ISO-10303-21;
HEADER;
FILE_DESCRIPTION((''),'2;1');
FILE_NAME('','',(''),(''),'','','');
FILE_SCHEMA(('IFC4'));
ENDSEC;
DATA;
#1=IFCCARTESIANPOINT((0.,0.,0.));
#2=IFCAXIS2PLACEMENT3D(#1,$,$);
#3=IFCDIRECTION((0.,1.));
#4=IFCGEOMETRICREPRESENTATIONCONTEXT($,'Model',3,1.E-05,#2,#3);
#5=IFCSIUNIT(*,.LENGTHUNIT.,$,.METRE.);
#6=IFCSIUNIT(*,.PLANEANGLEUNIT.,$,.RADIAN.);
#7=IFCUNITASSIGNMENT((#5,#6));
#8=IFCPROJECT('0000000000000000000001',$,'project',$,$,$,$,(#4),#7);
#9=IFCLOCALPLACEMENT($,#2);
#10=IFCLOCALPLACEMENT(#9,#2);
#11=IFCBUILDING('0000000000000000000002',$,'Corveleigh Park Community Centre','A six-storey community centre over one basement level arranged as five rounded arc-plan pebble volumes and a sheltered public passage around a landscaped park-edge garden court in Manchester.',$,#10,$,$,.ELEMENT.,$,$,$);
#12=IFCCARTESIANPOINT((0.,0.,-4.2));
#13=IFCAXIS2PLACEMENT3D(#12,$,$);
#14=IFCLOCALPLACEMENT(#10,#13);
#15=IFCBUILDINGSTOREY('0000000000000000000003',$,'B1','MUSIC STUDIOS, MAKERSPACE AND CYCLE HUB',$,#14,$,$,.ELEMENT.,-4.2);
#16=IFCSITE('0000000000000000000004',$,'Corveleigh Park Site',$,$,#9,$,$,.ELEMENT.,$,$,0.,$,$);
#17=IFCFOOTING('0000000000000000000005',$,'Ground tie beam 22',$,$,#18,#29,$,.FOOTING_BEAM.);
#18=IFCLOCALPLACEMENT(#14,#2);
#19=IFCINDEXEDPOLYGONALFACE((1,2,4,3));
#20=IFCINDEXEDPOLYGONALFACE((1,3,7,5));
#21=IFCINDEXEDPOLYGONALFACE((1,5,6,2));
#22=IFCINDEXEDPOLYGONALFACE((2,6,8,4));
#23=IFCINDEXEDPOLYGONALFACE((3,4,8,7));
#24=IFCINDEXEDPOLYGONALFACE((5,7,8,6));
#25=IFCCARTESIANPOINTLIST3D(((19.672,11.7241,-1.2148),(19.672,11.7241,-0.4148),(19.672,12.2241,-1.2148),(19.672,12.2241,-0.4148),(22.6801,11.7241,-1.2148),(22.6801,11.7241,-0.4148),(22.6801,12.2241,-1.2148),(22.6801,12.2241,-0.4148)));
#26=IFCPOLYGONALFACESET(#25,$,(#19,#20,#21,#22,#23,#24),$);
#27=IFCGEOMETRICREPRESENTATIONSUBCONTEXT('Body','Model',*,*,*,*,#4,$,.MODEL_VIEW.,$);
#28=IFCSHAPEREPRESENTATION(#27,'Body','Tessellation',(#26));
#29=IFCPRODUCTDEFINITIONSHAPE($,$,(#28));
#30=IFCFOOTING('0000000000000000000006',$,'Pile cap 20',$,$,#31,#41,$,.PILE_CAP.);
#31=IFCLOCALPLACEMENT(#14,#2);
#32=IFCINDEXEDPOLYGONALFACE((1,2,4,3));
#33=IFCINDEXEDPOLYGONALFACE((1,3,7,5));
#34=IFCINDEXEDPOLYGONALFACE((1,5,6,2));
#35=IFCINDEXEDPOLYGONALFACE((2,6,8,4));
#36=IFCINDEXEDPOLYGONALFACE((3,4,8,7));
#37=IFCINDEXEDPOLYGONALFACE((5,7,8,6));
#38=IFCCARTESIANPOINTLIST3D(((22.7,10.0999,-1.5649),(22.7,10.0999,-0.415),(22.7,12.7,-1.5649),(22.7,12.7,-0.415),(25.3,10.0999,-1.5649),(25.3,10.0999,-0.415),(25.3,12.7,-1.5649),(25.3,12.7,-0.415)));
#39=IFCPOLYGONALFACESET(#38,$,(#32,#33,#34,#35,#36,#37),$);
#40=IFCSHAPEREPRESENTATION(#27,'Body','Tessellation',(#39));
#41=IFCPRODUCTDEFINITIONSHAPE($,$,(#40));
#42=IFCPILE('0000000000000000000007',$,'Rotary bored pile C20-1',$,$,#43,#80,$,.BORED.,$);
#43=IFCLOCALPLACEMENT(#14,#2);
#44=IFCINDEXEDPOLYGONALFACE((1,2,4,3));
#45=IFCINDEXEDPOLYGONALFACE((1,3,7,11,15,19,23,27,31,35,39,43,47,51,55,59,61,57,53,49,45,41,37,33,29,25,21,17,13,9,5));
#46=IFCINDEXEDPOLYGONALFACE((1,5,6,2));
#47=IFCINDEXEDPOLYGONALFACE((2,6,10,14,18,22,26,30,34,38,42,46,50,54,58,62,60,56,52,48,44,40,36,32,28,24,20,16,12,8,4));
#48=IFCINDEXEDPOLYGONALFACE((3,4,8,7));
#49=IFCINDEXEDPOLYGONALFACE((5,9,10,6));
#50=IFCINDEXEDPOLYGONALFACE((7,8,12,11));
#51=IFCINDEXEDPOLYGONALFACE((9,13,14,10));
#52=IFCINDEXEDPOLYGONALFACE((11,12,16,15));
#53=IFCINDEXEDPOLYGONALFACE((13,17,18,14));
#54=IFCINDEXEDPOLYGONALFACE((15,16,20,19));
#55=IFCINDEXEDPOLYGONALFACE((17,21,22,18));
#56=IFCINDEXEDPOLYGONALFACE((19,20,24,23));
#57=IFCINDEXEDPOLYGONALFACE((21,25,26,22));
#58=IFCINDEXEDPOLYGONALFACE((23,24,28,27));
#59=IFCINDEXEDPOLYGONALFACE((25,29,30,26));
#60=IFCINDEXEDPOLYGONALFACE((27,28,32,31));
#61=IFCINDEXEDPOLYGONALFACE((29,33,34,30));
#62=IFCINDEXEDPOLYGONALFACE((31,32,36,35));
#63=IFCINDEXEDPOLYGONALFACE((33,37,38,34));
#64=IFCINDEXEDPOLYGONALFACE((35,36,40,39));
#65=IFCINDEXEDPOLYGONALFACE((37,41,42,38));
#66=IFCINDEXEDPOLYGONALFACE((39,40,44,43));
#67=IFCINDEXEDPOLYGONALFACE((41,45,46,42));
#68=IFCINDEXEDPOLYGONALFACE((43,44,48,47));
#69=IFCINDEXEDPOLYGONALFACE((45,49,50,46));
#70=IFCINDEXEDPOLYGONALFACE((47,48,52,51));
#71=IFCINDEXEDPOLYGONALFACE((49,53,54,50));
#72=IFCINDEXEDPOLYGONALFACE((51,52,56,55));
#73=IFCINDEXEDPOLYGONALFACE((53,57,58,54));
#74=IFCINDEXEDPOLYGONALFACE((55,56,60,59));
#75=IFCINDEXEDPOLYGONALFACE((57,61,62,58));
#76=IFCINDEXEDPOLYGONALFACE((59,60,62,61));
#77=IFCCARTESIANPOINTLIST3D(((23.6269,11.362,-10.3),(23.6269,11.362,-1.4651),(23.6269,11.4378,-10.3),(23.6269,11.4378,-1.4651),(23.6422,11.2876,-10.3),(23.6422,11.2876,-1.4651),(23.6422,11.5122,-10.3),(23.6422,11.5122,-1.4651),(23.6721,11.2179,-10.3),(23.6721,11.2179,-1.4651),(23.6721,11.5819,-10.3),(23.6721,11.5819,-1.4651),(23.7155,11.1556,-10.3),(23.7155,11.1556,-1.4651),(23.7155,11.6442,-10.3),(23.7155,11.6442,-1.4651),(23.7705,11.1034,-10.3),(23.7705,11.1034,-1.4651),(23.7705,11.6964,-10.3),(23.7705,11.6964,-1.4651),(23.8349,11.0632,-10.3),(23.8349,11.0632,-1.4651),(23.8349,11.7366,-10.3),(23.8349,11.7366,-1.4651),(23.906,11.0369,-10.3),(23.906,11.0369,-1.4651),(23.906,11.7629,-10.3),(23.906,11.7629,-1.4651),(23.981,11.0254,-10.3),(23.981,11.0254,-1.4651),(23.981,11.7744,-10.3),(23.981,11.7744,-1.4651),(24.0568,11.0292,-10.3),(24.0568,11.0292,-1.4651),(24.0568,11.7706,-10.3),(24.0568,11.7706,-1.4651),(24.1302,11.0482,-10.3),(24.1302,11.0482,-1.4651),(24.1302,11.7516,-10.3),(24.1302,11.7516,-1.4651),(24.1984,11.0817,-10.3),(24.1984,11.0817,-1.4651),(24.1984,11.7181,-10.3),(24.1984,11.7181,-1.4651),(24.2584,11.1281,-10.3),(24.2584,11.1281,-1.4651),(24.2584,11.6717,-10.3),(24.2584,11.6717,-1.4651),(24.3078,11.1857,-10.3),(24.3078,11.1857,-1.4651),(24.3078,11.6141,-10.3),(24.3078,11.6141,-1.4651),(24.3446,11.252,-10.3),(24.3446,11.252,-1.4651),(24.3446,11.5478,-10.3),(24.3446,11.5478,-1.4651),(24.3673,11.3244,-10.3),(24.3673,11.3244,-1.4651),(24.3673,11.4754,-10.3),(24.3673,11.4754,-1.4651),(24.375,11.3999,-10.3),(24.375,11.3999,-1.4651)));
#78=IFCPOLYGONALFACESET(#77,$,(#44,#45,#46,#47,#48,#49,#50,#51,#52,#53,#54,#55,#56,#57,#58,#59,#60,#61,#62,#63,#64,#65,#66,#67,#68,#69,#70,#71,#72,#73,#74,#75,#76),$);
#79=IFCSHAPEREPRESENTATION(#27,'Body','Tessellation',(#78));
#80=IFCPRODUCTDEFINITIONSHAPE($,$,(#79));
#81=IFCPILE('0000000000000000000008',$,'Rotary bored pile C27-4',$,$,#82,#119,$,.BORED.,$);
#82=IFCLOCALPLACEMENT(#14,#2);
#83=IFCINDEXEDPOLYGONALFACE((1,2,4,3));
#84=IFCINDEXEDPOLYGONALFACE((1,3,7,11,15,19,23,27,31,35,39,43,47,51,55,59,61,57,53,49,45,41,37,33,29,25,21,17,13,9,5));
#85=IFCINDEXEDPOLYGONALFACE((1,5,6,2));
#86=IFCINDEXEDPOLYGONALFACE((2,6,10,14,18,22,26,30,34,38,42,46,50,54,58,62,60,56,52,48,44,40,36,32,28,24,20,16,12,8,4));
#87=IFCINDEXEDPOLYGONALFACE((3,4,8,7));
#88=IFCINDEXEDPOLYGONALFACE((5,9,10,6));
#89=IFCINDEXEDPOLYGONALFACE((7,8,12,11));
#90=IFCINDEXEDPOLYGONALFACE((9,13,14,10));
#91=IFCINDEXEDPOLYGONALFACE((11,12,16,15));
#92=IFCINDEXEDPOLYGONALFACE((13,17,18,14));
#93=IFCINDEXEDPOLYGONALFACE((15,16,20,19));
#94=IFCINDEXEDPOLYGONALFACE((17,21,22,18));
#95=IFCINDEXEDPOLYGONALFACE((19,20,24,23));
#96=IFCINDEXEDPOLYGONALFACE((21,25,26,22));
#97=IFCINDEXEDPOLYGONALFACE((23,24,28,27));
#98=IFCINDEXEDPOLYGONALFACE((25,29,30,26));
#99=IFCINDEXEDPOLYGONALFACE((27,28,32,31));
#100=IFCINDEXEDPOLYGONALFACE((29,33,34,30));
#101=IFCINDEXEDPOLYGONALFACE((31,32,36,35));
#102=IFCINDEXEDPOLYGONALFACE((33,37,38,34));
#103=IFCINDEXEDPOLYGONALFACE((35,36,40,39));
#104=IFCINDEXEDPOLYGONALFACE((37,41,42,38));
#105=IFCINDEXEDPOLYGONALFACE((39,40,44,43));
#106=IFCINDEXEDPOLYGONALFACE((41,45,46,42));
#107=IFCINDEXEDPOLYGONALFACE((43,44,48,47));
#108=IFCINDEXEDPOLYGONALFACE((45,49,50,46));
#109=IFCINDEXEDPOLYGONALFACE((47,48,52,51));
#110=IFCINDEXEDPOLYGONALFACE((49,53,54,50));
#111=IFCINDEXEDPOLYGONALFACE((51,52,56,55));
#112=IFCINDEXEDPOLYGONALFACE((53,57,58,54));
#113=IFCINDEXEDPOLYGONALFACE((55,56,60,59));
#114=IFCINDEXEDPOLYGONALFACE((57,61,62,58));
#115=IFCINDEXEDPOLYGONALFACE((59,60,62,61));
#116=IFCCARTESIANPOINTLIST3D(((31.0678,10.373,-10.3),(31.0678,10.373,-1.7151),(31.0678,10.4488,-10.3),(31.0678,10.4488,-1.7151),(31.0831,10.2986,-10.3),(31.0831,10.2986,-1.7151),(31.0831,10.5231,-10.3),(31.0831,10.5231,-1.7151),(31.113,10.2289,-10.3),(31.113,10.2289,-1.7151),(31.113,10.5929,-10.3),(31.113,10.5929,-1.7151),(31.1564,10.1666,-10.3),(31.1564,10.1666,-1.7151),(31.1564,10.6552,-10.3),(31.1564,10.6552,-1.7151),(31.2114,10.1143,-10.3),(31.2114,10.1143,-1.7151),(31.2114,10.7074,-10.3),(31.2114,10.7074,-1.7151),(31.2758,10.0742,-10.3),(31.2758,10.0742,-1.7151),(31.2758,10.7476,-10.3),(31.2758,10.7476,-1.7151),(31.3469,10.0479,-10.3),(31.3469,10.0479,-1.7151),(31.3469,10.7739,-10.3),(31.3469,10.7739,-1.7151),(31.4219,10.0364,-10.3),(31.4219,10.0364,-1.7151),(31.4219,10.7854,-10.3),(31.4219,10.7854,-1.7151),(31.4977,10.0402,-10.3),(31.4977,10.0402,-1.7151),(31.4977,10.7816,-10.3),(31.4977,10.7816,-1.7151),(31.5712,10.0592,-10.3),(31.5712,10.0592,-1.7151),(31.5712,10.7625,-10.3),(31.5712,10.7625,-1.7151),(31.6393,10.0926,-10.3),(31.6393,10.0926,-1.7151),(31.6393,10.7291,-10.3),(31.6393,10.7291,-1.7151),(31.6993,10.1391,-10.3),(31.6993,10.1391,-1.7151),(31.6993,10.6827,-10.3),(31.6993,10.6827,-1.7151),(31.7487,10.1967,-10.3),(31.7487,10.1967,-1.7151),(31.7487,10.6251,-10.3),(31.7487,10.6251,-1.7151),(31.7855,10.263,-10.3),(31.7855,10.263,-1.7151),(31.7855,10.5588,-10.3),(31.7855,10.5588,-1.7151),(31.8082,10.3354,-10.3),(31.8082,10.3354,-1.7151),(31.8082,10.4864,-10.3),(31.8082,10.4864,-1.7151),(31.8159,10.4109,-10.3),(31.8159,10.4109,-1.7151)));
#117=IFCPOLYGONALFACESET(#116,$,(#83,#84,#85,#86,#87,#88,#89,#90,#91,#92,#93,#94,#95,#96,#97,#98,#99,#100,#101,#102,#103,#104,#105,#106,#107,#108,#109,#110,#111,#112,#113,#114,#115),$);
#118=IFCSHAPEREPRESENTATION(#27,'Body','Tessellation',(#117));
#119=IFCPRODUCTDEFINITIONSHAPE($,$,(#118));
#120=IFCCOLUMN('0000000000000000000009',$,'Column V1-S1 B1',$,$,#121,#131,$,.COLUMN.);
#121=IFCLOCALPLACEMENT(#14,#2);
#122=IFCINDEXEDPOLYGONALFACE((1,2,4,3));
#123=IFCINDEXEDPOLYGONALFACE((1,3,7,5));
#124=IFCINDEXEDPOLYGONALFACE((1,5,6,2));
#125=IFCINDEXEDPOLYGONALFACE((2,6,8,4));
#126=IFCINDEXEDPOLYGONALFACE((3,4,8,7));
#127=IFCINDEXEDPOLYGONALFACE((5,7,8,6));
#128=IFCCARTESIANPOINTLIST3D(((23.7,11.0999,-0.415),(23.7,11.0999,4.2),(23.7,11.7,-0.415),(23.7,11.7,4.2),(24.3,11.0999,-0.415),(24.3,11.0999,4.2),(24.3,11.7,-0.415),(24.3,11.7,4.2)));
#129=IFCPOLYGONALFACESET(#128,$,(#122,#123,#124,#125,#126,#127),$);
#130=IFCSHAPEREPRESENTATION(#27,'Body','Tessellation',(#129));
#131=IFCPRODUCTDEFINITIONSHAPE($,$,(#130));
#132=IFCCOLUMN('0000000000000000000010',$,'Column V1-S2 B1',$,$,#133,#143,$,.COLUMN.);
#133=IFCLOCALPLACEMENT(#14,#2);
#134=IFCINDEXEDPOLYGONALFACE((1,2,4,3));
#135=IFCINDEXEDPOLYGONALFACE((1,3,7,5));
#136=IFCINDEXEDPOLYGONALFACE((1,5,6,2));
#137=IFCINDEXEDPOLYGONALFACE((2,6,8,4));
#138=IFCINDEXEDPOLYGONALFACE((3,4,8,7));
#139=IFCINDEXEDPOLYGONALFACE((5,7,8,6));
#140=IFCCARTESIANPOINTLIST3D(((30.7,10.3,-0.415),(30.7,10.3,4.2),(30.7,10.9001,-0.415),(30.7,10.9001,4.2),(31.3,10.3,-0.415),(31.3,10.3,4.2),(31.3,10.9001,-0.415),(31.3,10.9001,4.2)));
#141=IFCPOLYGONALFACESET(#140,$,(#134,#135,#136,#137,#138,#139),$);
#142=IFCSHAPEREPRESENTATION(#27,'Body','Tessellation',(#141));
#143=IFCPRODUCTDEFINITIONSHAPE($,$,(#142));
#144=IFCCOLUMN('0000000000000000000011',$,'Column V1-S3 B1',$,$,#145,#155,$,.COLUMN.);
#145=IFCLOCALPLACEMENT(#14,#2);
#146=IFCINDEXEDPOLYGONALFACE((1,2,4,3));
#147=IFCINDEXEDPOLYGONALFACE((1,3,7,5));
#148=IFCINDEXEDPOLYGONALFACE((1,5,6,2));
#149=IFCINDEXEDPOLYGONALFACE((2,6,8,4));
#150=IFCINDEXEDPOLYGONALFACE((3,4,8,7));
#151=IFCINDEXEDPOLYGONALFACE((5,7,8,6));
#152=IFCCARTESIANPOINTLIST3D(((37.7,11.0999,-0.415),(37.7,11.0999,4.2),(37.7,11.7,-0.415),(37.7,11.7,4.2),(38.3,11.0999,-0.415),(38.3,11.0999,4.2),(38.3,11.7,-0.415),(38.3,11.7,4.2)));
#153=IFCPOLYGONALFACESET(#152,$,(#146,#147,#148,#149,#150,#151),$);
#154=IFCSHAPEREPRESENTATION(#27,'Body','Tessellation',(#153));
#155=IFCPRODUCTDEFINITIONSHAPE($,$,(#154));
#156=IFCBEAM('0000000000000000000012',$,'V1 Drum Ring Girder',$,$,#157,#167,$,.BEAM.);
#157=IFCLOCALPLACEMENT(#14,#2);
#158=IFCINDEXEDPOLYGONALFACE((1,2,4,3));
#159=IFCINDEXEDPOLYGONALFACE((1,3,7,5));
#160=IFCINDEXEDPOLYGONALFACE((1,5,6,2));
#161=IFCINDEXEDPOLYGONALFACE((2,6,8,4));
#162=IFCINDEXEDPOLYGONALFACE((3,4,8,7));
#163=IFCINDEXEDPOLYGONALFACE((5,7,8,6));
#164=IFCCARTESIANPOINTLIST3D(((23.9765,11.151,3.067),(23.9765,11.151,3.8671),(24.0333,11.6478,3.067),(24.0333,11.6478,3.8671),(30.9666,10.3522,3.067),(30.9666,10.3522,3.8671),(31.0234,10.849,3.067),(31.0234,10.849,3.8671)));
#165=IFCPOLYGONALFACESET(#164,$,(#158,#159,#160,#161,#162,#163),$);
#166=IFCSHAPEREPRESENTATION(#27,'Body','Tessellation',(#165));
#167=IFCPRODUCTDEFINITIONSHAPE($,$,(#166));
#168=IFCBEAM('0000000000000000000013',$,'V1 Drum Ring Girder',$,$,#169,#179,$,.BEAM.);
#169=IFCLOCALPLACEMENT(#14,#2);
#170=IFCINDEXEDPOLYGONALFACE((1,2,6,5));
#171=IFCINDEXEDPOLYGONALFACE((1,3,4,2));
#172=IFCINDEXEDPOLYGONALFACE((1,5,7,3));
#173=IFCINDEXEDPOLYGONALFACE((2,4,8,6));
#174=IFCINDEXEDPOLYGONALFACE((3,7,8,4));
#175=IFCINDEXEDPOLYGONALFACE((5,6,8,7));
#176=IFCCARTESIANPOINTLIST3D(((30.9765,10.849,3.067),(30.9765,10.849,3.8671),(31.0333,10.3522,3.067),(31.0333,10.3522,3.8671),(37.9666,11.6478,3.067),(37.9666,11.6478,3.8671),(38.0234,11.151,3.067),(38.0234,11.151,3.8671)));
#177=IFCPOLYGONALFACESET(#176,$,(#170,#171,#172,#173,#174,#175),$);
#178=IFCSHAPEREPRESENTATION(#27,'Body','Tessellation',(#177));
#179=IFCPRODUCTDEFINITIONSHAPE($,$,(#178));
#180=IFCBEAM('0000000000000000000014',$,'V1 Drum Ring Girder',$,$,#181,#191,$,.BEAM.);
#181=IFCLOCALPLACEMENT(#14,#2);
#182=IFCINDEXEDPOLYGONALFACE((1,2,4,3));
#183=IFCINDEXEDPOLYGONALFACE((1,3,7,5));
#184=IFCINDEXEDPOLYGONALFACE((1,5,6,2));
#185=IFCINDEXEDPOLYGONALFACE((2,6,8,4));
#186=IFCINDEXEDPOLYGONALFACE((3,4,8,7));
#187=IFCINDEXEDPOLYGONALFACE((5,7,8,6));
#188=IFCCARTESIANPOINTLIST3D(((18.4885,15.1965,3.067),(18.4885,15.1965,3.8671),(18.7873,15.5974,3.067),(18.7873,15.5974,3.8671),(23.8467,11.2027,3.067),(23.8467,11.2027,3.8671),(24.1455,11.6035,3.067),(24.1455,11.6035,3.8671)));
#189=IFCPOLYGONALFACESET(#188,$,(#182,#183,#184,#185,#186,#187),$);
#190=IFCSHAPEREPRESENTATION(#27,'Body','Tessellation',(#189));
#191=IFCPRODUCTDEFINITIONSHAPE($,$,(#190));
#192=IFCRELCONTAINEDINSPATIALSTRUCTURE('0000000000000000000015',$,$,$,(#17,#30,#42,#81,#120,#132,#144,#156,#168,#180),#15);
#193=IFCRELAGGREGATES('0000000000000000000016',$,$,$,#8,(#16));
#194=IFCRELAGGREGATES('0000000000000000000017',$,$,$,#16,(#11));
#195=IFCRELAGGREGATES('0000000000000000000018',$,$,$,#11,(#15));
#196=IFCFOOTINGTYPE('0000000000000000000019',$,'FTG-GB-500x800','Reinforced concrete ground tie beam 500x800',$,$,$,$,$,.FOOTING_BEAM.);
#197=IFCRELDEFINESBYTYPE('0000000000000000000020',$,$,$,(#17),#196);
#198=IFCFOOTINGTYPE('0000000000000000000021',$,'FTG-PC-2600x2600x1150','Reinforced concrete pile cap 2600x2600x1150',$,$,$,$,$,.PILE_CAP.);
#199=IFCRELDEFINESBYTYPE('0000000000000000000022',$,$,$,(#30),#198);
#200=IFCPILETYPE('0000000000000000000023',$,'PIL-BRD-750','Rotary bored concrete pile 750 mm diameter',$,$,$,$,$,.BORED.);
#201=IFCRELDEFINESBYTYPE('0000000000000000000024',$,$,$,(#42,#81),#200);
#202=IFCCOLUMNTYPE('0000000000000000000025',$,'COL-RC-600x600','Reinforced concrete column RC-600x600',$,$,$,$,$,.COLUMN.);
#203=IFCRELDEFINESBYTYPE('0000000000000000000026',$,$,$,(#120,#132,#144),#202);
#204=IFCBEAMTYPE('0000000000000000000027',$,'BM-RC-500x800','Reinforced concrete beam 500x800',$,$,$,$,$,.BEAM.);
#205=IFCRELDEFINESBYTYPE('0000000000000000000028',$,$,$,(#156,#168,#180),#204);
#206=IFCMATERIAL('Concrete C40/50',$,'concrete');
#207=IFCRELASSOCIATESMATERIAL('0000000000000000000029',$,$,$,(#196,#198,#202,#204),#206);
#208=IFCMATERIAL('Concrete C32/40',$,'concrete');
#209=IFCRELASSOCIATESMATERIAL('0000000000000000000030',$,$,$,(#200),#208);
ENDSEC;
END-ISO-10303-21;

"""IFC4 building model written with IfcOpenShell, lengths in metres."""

from ifc_helpers import new_model, si_unit, direction, frame, origin, origin_2d, place, context, subcontext, project, spatial, rectangle, circle, extrude, material, material_profile, profile_set, type_object, element, save


model = new_model("IFC4")

# Units and contexts
model_context = context("Model", 3, precision=1e-05, world=origin(), true_north=direction((0.0, 1.0)))
body_context = subcontext(model_context, "Body", "Model", "MODEL_VIEW")
ifc_project = project(units=[si_unit("LENGTHUNIT", "METRE"), si_unit("PLANEANGLEUNIT", "RADIAN")], contexts=[model_context])

# Site, building, storey
site_placement = place(None, origin())
site = spatial("IfcSite", under=ifc_project, at=site_placement, Name="Corveleigh Park Site", CompositionType="ELEMENT", RefElevation=0.0)
building_placement = place(site_placement, origin())
building = spatial("IfcBuilding", under=site, at=building_placement, Name="Corveleigh Park Community Centre", Description="A six-storey community centre over one basement level arranged as five rounded arc-plan pebble volumes and a sheltered public passage around a landscaped park-edge garden court in Manchester.", CompositionType="ELEMENT")
storey_placement = place(building_placement, frame((0.0, 0.0, -4.2)))
storey = spatial("IfcBuildingStorey", under=building, at=storey_placement, Name="B1", Description="MUSIC STUDIOS, MAKERSPACE AND CYCLE HUB", CompositionType="ELEMENT", Elevation=-4.2)

# Footings
ifc_material_1 = material(Name="Concrete C40/50", Category="concrete")
footing_type_1 = type_object("IfcFootingType", Name="FTG-GB-500x800", Description="Reinforced concrete ground tie beam 500x800", PredefinedType="FOOTING_BEAM", material=ifc_material_1)
footing_1_placement = place(storey_placement, frame((21.176, 11.9741, -1.2148), z_axis=(0.0, 0.0, 1.0), x_axis=(1.0, 0.0, 0.0)))
element("IfcFooting", 1, at=footing_1_placement, inside=storey, type_object=footing_type_1, Name="Ground tie beam 22", PredefinedType="FOOTING_BEAM", context=body_context, shape_type="SweptSolid", body=[
    extrude(rectangle(XDim=3.0081, YDim=0.5, at=origin_2d()), origin(), (0.0, 0.0, 1.0), 0.8),
])
footing_type_2 = type_object("IfcFootingType", Name="FTG-PC-2600x2600x1150", Description="Reinforced concrete pile cap 2600x2600x1150", PredefinedType="PILE_CAP", material=ifc_material_1)
footing_2_placement = place(storey_placement, frame((24.0, 11.3999, -1.5649), z_axis=(0.0, 0.0, 1.0), x_axis=(1.0, 0.0, 0.0)))
element("IfcFooting", 2, at=footing_2_placement, inside=storey, type_object=footing_type_2, Name="Pile cap 20", PredefinedType="PILE_CAP", context=body_context, shape_type="SweptSolid", body=[
    extrude(rectangle(XDim=2.6001, YDim=2.6001, at=origin_2d()), origin(), (0.0, 0.0, 1.0), 1.1499),
])

# Piles
ifc_material_2 = material(Name="Concrete C32/40", Category="concrete")
ifc_material_profile_1 = material_profile(ifc_material_2, circle(Radius=0.375, at=origin_2d()), Name="BORED-PILE-750", Category="concrete")
ifc_profile_set_1 = profile_set([ifc_material_profile_1], Name="Concrete C32/40")
pile_type = type_object("IfcPileType", Name="PIL-BRD-750", Description="Rotary bored concrete pile 750 mm diameter", PredefinedType="BORED", material=ifc_profile_set_1)
pile_1_placement = place(storey_placement, frame((24.0, 11.3999, -1.4651), z_axis=(0.0, 0.0, -1.0), x_axis=(1.0, 0.0, 0.0)))
element("IfcPile", 3, at=pile_1_placement, inside=storey, type_object=pile_type, Name="Rotary bored pile C20-1", PredefinedType="BORED", context=body_context, shape_type="SweptSolid", body=[
    extrude(circle(Radius=0.375, at=origin_2d()), origin(), (0.0, 0.0, 1.0), 8.835),
])
pile_2_placement = place(storey_placement, frame((31.4409, 10.4109, -1.7151), z_axis=(0.0, 0.0, -1.0), x_axis=(1.0, 0.0, 0.0)))
element("IfcPile", 4, at=pile_2_placement, inside=storey, type_object=pile_type, Name="Rotary bored pile C27-4", PredefinedType="BORED", context=body_context, shape_type="SweptSolid", body=[
    extrude(circle(Radius=0.375, at=origin_2d()), origin(), (0.0, 0.0, 1.0), 8.585),
])

# Columns
ifc_material_profile_2 = material_profile(ifc_material_1, rectangle(XDim=0.6001, YDim=0.6001, at=origin_2d()), Name="RC-600x600", Category="concrete")
ifc_profile_set_2 = profile_set([ifc_material_profile_2], Name="Concrete C40/50")
column_type = type_object("IfcColumnType", Name="COL-RC-600x600", Description="Reinforced concrete column RC-600x600", PredefinedType="COLUMN", material=ifc_profile_set_2)
for number, where, z_axis, x_axis, name in (
    (5, (24.0, 11.3999, -0.415), (0.0, 0.0, 1.0), (1.0, 0.0, 0.0), "Column V1-S1 B1"),
    (6, (31.0, 10.6001, -0.415), (0.0, 0.0, 1.0), (1.0, 0.0, 0.0), "Column V1-S2 B1"),
    (7, (38.0, 11.3999, -0.415), (0.0, 0.0, 1.0), (1.0, 0.0, 0.0), "Column V1-S3 B1"),
):
    element("IfcColumn", number, at=place(storey_placement, frame(where, z_axis=z_axis, x_axis=x_axis)), inside=storey, type_object=column_type, Name=name, PredefinedType="COLUMN", context=body_context, shape_type="SweptSolid", body=[
        extrude(rectangle(XDim=0.6001, YDim=0.6001, at=origin_2d()), origin(), (0.0, 0.0, 1.0), 4.615),
    ])

# Beams
ifc_material_profile_3 = material_profile(ifc_material_1, rectangle(XDim=0.5, YDim=0.8, at=origin_2d()), Name="RC-500x800", Category="concrete")
ifc_profile_set_3 = profile_set([ifc_material_profile_3], Name="Concrete C40/50")
beam_type_1 = type_object("IfcBeamType", Name="BM-RC-500x800", Description="Reinforced concrete beam 500x800", PredefinedType="BEAM", material=ifc_profile_set_3)
for number, where, z_axis, x_axis, name in (
    (8, (24.0049, 11.3994, 3.467), (0.993534, -0.113539, 0.0), (0.113539, 0.993534, 0.0), "V1 Drum Ring Girder"),
    (9, (31.0049, 10.6006, 3.467), (0.993534, 0.113539, 0.0), (-0.113539, 0.993534, 0.0), "V1 Drum Ring Girder"),
):
    element("IfcBeam", number, at=place(storey_placement, frame(where, z_axis=z_axis, x_axis=x_axis)), inside=storey, type_object=beam_type_1, Name=name, PredefinedType="BEAM", context=body_context, shape_type="SweptSolid", body=[
        extrude(rectangle(XDim=0.5, YDim=0.8, at=origin_2d()), origin(), (0.0, 0.0, 1.0), 7.0356),
    ])
beam_1_placement = place(storey_placement, frame((18.6379, 15.397, 3.467), z_axis=(0.801772, -0.59763, 0.0), x_axis=(0.59763, 0.801772, 0.0)))
element("IfcBeam", 10, at=beam_1_placement, inside=storey, type_object=beam_type_1, Name="V1 Drum Ring Girder", PredefinedType="BEAM", context=body_context, shape_type="SweptSolid", body=[
    extrude(rectangle(XDim=0.5, YDim=0.8, at=origin_2d()), origin(), (0.0, 0.0, 1.0), 6.6829),
])

save(model, "model.ifc")
